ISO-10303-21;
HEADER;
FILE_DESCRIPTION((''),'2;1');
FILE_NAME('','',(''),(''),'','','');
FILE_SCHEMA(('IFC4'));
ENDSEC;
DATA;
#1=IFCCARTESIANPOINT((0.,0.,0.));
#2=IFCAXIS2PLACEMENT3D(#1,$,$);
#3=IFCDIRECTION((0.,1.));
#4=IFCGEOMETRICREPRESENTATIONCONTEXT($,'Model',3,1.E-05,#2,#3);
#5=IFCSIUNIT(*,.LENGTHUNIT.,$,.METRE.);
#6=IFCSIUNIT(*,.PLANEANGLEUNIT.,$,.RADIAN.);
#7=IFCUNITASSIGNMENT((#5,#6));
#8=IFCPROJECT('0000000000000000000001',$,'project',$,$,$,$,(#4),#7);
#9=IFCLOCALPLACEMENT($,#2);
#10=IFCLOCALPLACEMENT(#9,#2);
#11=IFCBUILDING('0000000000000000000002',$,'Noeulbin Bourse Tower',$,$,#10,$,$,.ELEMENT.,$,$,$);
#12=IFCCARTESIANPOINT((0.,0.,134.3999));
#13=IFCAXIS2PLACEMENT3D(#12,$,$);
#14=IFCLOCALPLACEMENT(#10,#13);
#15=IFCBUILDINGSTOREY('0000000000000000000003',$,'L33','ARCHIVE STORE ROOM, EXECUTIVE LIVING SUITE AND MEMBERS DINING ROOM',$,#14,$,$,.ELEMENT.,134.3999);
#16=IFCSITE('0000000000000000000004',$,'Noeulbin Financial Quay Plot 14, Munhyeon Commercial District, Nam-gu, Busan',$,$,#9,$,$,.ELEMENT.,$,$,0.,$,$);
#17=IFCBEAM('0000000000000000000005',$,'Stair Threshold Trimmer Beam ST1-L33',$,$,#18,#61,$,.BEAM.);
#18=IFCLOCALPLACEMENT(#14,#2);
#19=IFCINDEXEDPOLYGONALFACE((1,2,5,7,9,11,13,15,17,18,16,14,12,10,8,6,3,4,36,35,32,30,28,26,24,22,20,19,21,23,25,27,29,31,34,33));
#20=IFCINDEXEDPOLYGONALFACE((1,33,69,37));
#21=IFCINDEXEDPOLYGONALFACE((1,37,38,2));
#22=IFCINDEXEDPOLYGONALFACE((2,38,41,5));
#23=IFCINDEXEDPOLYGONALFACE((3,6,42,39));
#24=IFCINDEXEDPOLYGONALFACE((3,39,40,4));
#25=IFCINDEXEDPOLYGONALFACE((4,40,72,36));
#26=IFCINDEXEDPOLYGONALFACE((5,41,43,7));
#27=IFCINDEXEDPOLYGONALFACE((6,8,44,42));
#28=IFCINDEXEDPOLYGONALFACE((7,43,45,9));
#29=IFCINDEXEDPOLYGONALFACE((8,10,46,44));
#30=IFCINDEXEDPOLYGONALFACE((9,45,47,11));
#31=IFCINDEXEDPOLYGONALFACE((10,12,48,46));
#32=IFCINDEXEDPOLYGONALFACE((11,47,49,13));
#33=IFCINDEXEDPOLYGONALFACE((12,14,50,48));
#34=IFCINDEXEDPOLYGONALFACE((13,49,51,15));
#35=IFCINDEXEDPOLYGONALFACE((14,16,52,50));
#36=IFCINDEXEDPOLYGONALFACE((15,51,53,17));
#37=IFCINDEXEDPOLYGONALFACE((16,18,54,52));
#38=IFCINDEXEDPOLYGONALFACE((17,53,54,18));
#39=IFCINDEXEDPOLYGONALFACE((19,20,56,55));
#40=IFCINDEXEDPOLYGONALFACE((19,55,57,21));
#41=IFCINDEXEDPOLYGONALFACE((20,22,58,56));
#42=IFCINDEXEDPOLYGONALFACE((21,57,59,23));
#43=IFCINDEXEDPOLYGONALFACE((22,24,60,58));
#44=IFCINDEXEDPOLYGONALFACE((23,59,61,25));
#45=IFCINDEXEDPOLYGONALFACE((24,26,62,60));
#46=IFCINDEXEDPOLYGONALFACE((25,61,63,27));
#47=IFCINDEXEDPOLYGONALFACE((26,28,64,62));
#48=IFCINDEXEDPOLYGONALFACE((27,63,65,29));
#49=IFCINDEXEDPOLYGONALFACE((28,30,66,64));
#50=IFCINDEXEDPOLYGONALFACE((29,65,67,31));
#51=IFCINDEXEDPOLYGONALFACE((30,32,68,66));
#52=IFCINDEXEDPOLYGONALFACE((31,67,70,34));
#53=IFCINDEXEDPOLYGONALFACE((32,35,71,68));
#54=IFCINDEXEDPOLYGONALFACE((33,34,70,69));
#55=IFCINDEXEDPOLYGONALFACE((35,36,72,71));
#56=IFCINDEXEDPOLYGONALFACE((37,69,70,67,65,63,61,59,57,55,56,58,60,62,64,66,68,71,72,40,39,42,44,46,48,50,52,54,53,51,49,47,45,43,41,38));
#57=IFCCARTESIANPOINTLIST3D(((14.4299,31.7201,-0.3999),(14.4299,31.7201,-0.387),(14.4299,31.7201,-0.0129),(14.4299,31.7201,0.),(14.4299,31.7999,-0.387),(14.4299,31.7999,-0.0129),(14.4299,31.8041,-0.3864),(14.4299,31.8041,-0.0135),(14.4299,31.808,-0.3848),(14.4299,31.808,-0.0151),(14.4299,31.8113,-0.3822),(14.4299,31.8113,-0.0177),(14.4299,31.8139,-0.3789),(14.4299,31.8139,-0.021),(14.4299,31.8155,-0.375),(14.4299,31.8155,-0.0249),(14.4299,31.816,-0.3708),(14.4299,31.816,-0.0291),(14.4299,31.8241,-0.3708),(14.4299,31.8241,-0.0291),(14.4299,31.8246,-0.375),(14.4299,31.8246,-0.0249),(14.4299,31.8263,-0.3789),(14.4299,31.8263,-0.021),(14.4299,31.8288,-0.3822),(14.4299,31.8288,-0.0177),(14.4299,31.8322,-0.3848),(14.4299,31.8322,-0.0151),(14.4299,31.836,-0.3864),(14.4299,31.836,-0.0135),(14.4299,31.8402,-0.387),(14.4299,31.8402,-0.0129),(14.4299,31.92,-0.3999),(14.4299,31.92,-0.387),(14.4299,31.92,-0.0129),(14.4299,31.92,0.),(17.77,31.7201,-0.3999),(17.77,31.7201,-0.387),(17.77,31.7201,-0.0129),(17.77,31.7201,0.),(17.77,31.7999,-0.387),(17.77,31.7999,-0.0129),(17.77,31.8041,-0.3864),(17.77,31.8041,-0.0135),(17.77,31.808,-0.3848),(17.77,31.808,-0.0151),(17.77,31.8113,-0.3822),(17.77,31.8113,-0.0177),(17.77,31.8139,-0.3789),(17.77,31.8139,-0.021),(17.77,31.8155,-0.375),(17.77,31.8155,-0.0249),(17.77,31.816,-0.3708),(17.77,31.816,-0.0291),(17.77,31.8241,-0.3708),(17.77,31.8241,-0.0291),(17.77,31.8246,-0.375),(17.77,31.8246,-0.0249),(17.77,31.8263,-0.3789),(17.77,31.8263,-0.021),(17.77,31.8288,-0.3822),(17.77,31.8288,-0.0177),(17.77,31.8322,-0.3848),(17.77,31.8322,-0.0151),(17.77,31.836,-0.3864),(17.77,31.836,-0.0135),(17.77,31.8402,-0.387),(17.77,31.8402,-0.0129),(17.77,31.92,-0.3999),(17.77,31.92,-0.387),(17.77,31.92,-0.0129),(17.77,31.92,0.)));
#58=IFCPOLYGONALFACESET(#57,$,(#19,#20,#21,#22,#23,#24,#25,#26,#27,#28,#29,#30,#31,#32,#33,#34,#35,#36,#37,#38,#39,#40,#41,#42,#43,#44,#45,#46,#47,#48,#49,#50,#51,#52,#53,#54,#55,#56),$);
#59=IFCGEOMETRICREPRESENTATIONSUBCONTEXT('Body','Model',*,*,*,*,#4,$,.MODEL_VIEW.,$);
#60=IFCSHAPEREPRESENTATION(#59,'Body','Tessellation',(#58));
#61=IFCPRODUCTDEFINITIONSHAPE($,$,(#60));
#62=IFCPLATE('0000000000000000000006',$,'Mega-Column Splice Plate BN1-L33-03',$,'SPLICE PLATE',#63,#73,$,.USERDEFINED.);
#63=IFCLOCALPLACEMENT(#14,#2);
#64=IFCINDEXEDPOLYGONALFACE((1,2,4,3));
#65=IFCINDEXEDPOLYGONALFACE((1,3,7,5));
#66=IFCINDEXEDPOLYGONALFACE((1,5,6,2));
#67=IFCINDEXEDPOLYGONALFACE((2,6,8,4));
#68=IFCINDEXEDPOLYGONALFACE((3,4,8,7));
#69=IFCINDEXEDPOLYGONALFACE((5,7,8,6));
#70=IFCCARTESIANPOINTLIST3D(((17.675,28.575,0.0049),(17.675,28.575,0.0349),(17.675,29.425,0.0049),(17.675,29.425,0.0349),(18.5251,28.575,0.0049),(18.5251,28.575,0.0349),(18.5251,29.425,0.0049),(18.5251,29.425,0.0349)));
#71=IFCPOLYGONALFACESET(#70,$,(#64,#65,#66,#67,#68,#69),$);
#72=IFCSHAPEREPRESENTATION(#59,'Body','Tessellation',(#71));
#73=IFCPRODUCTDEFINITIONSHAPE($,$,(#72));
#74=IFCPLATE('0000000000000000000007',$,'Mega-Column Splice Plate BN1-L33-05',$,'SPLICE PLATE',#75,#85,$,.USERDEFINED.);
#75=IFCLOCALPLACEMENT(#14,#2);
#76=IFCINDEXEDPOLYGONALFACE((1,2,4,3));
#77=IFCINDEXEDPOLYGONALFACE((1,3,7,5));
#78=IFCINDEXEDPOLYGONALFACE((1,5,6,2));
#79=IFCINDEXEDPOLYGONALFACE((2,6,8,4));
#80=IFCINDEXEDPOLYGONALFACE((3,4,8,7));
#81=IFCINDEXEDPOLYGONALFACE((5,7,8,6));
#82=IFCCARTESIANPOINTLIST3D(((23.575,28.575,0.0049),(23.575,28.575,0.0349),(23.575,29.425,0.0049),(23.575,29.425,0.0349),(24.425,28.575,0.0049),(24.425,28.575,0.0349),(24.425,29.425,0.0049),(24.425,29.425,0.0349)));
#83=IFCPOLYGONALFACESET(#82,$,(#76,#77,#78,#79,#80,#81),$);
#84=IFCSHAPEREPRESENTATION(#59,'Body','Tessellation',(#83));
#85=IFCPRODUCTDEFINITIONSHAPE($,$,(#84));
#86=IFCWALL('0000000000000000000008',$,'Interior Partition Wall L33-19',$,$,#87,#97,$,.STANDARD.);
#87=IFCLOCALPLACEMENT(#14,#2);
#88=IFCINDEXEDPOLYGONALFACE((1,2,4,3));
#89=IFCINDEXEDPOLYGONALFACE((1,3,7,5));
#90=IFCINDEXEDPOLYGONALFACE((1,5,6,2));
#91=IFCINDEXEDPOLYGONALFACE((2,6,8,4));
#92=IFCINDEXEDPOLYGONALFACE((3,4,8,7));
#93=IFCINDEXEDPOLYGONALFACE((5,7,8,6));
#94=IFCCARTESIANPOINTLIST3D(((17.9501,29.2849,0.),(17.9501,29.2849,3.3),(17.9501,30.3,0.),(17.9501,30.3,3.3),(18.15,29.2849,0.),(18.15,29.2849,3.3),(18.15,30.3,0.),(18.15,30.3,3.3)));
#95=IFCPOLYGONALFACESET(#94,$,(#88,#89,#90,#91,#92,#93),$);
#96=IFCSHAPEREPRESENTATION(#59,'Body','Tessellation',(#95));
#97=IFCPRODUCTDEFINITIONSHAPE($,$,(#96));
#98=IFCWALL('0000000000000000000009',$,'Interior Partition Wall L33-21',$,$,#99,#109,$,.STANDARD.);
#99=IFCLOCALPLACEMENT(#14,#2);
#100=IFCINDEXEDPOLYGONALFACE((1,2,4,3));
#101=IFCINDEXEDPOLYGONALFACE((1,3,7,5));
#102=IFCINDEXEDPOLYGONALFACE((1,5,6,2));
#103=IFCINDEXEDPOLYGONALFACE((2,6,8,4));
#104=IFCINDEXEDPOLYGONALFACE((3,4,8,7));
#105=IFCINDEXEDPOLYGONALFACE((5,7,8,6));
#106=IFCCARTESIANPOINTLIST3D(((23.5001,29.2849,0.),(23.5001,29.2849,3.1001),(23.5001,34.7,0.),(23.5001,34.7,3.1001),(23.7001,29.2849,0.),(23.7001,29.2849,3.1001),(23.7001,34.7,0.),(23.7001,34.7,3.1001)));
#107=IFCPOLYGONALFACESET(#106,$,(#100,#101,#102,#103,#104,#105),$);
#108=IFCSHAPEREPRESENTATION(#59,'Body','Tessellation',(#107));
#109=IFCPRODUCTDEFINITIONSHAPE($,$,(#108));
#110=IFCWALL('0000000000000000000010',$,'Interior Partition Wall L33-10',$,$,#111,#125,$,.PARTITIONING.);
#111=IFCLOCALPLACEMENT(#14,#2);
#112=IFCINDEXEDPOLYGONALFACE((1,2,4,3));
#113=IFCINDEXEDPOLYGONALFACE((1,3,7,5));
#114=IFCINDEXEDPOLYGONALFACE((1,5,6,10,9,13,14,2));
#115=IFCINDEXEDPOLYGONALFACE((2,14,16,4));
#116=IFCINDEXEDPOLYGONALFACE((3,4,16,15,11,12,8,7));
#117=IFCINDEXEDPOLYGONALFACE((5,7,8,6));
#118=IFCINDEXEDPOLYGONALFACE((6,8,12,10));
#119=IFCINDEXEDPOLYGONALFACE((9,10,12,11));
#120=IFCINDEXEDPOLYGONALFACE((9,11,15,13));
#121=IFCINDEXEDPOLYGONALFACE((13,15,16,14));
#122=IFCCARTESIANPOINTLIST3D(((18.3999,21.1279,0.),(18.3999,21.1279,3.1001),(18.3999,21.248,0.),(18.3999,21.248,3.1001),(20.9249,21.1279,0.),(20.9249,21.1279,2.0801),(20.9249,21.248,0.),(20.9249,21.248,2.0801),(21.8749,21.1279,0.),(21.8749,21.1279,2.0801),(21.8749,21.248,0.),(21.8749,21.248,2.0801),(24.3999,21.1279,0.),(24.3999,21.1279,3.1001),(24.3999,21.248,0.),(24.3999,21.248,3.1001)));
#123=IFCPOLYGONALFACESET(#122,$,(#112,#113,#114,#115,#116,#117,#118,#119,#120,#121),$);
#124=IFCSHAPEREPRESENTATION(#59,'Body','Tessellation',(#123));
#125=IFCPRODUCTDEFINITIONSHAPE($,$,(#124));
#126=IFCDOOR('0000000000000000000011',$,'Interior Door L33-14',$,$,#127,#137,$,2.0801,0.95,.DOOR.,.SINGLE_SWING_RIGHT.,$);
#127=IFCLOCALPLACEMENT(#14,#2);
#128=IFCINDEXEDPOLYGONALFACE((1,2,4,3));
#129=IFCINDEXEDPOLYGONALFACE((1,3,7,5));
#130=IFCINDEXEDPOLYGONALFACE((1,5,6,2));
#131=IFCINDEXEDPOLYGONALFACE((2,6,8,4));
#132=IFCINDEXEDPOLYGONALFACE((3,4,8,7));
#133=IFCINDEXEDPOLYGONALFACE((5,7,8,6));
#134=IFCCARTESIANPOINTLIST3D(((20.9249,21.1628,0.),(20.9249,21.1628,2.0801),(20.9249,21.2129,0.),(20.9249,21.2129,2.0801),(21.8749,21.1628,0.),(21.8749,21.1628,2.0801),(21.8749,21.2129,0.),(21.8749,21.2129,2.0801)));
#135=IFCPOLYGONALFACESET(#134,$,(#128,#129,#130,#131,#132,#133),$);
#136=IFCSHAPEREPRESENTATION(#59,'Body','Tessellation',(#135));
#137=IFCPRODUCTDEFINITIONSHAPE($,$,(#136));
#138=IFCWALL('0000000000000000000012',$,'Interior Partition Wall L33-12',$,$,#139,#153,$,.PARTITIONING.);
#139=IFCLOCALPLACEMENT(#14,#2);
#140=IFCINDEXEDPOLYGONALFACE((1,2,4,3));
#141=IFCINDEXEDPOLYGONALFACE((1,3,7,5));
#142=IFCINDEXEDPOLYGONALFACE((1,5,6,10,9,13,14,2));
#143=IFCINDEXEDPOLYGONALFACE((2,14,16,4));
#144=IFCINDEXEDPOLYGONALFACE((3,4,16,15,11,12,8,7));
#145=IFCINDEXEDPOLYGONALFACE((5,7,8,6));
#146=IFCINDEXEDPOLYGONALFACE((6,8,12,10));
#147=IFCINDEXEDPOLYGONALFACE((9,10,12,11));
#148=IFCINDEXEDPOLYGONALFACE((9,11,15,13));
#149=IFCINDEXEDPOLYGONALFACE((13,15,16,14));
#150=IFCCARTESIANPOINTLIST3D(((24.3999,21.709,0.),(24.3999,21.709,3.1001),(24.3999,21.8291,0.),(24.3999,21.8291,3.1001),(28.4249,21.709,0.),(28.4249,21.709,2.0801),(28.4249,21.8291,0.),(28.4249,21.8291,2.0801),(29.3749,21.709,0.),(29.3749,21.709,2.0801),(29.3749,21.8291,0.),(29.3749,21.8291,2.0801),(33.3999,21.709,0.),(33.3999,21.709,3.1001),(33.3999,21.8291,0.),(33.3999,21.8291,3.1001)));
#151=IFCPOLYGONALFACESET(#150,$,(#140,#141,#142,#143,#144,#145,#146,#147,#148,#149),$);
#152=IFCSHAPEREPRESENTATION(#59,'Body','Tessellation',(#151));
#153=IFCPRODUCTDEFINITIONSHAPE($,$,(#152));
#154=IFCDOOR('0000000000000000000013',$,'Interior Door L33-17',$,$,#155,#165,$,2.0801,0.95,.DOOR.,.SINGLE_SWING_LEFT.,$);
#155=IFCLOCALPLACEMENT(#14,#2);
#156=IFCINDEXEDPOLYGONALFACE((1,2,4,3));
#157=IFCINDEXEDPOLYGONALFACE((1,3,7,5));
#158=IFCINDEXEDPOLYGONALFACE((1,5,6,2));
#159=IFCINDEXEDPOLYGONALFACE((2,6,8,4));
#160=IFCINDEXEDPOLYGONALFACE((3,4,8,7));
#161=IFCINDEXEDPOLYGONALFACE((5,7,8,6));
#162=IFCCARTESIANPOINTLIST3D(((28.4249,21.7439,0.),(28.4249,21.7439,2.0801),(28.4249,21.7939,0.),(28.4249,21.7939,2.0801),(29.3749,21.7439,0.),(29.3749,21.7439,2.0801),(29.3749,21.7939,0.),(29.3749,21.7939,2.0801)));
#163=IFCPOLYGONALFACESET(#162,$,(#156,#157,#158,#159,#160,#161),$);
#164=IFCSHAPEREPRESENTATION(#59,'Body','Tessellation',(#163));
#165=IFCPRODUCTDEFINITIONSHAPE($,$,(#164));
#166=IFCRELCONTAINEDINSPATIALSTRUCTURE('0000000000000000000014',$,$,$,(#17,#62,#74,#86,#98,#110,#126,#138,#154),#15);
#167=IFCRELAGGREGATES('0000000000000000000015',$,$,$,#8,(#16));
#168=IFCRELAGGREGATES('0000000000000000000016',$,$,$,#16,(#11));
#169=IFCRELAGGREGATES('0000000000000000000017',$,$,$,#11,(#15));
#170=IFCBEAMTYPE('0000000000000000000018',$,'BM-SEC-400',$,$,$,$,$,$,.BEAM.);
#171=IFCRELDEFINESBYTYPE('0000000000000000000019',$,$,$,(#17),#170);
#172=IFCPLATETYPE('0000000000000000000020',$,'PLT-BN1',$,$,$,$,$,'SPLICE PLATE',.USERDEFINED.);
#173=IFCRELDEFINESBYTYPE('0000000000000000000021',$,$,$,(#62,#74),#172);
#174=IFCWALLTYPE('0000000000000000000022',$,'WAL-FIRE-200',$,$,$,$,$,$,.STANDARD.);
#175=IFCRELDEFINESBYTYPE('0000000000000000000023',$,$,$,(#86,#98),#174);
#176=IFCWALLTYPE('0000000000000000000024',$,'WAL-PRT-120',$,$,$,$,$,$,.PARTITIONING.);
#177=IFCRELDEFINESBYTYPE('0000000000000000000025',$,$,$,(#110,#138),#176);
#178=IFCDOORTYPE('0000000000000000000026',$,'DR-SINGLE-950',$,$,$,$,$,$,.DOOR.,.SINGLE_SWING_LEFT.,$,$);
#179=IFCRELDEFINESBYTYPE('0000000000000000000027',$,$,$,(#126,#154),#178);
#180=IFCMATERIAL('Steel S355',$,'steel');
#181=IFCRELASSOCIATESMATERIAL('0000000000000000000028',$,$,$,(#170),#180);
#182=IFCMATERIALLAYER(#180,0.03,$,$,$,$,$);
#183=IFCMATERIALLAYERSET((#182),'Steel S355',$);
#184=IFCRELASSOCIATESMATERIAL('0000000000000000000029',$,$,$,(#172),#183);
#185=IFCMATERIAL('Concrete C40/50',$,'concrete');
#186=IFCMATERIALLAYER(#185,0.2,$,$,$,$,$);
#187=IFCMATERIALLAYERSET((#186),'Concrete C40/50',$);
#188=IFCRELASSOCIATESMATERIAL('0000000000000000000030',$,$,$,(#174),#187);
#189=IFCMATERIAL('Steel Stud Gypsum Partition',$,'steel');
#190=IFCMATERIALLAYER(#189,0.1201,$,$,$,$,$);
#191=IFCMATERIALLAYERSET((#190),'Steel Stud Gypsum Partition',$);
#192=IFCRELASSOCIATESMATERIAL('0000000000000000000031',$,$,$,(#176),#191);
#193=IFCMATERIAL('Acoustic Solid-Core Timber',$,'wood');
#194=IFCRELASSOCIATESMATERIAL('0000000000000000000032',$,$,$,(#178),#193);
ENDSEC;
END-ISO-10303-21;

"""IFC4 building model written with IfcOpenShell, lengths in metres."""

from ifc_helpers import new_model, si_unit, direction, frame, frame_2d, origin, origin_2d, place, context, subcontext, project, spatial, rectangle, i_section, extrude, material, layer, layer_set, material_profile, profile_set, type_object, element, fill, save


model = new_model("IFC4")

# Units and contexts
model_context = context("Model", 3, precision=1e-05, world=origin(), true_north=direction((0.0, 1.0)))
body_context = subcontext(model_context, "Body", "Model", "MODEL_VIEW")
ifc_project = project(units=[si_unit("LENGTHUNIT", "METRE"), si_unit("PLANEANGLEUNIT", "RADIAN")], contexts=[model_context])

# Site, building, storey
site_placement = place(None, origin())
site = spatial("IfcSite", under=ifc_project, at=site_placement, Name="Noeulbin Financial Quay Plot 14, Munhyeon Commercial District, Nam-gu, Busan", CompositionType="ELEMENT", RefElevation=0.0)
building_placement = place(site_placement, origin())
building = spatial("IfcBuilding", under=site, at=building_placement, Name="Noeulbin Bourse Tower", CompositionType="ELEMENT")
storey_placement = place(building_placement, frame((0.0, 0.0, 134.3999)))
storey = spatial("IfcBuildingStorey", under=building, at=storey_placement, Name="L33", Description="ARCHIVE STORE ROOM, EXECUTIVE LIVING SUITE AND MEMBERS DINING ROOM", CompositionType="ELEMENT", Elevation=134.3999)

# Beam
ifc_material_1 = material(Name="Steel S355", Category="steel")
ifc_material_profile_1 = material_profile(ifc_material_1, i_section(OverallWidth=0.2, OverallDepth=0.3999, WebThickness=0.0081, FlangeThickness=0.0129, FilletRadius=0.0161, at=origin_2d()), Name="H-400x200x8x13", Category="LoadBearing")
ifc_profile_set_1 = profile_set([ifc_material_profile_1], Name="Steel S355")
beam_type = type_object("IfcBeamType", Name="BM-SEC-400", PredefinedType="BEAM", material=ifc_profile_set_1)
beam_placement = place(storey_placement, frame((14.4299, 31.8201, -0.2), z_axis=(1.0, 0.0, 0.0), x_axis=(0.0, 1.0, 0.0)))
element("IfcBeam", 1, at=beam_placement, inside=storey, type_object=beam_type, Name="Stair Threshold Trimmer Beam ST1-L33", PredefinedType="BEAM", context=body_context, shape_type="SweptSolid", body=[
    extrude(i_section(OverallWidth=0.2, OverallDepth=0.3999, WebThickness=0.0081, FlangeThickness=0.0129, FilletRadius=0.0161, at=origin_2d()), origin(), (0.0, 0.0, 1.0), 3.3401),
])

# Plates
ifc_layer_1 = layer(ifc_material_1, 0.03)
ifc_layer_set_1 = layer_set([ifc_layer_1], Name="Steel S355")
plate_type = type_object("IfcPlateType", Name="PLT-BN1", ElementType="SPLICE PLATE", PredefinedType="USERDEFINED", material=ifc_layer_set_1)
for number, where, z_axis, x_axis, name in (
    (2, (18.1001, 29.0, 0.0049), (0.0, 0.0, 1.0), (1.0, 0.0, 0.0), "Mega-Column Splice Plate BN1-L33-03"),
    (3, (24.0, 29.0, 0.0049), (0.0, 0.0, 1.0), (1.0, 0.0, 0.0), "Mega-Column Splice Plate BN1-L33-05"),
):
    element("IfcPlate", number, at=place(storey_placement, frame(where, z_axis=z_axis, x_axis=x_axis)), inside=storey, type_object=plate_type, Name=name, ObjectType="SPLICE PLATE", PredefinedType="USERDEFINED", context=body_context, shape_type="SweptSolid", body=[
        extrude(rectangle(XDim=0.8501, YDim=0.8501, at=origin_2d()), origin(), (0.0, 0.0, 1.0), 0.03),
    ])

# Walls
ifc_material_2 = material(Name="Concrete C40/50", Category="concrete")
ifc_layer_2 = layer(ifc_material_2, 0.2)
ifc_layer_set_2 = layer_set([ifc_layer_2], Name="Concrete C40/50")
wall_type_1 = type_object("IfcWallType", Name="WAL-FIRE-200", PredefinedType="STANDARD", material=ifc_layer_set_2)
wall_1_placement = place(storey_placement, frame((18.05, 29.2849, 0.0), z_axis=(0.0, 0.0, 1.0), x_axis=(0.0, 1.0, 0.0)))
element("IfcWall", 4, at=wall_1_placement, inside=storey, type_object=wall_type_1, Name="Interior Partition Wall L33-19", PredefinedType="STANDARD", context=body_context, shape_type="SweptSolid", body=[
    extrude(rectangle(XDim=1.0151, YDim=0.2, at=frame_2d((0.5076, 0.0))), origin(), (0.0, 0.0, 1.0), 3.3),
])
wall_2_placement = place(storey_placement, frame((23.6001, 29.2849, 0.0), z_axis=(0.0, 0.0, 1.0), x_axis=(0.0, 1.0, 0.0)))
element("IfcWall", 5, at=wall_2_placement, inside=storey, type_object=wall_type_1, Name="Interior Partition Wall L33-21", PredefinedType="STANDARD", context=body_context, shape_type="SweptSolid", body=[
    extrude(rectangle(XDim=5.415, YDim=0.2, at=frame_2d((2.7075, 0.0))), origin(), (0.0, 0.0, 1.0), 3.1001),
])

# Walls, openings, doors
ifc_material_3 = material(Name="Steel Stud Gypsum Partition", Category="steel")
ifc_layer_3 = layer(ifc_material_3, 0.1201)
ifc_layer_set_3 = layer_set([ifc_layer_3], Name="Steel Stud Gypsum Partition")
wall_type_2 = type_object("IfcWallType", Name="WAL-PRT-120", PredefinedType="PARTITIONING", material=ifc_layer_set_3)
wall_3_placement = place(storey_placement, frame((18.3999, 21.188, 0.0), z_axis=(0.0, 0.0, 1.0), x_axis=(1.0, 0.0, 0.0)))
wall_3 = element("IfcWall", 6, at=wall_3_placement, inside=storey, type_object=wall_type_2, Name="Interior Partition Wall L33-10", PredefinedType="PARTITIONING", context=body_context, shape_type="SweptSolid", body=[
    extrude(rectangle(XDim=6.0, YDim=0.1201, at=frame_2d((3.0, 0.0))), origin(), (0.0, 0.0, 1.0), 3.1001),
])
opening_1_placement = place(wall_3_placement, frame((2.5249, 0.0, 0.0)))
opening_1 = element("IfcOpeningElement", 7, at=opening_1_placement, cuts=wall_3, PredefinedType="OPENING", context=body_context, shape_type="SweptSolid", body=[
    extrude(rectangle(XDim=0.95, YDim=2.0801, at=frame_2d((0.4751, 1.04))), frame((0.0, 0.0701, 0.0), z_axis=(0.0, -1.0, 0.0), x_axis=(1.0, 0.0, 0.0)), (0.0, 0.0, 1.0), 0.1401),
])
ifc_material_4 = material(Name="Acoustic Solid-Core Timber", Category="wood")
door_type_1 = type_object("IfcDoorType", Name="DR-SINGLE-950", OperationType="SINGLE_SWING_LEFT", PredefinedType="DOOR", material=ifc_material_4)
door_1_placement = place(opening_1_placement, origin())
door_1 = element("IfcDoor", 8, at=door_1_placement, inside=storey, type_object=door_type_1, Name="Interior Door L33-14", OperationType="SINGLE_SWING_RIGHT", OverallHeight=2.0801, OverallWidth=0.95, PredefinedType="DOOR", context=body_context, shape_type="SweptSolid", body=[
    extrude(rectangle(XDim=0.95, YDim=2.0801, at=frame_2d((0.4751, 1.04))), frame((0.0, 0.0249, 0.0), z_axis=(0.0, -1.0, 0.0), x_axis=(1.0, 0.0, 0.0)), (0.0, 0.0, 1.0), 0.05),
])
fill(opening_1, door_1)
wall_4_placement = place(storey_placement, frame((24.3999, 21.769, 0.0), z_axis=(0.0, 0.0, 1.0), x_axis=(1.0, 0.0, 0.0)))
wall_4 = element("IfcWall", 9, at=wall_4_placement, inside=storey, type_object=wall_type_2, Name="Interior Partition Wall L33-12", PredefinedType="PARTITIONING", context=body_context, shape_type="SweptSolid", body=[
    extrude(rectangle(XDim=9.0, YDim=0.1201, at=frame_2d((4.5, 0.0))), origin(), (0.0, 0.0, 1.0), 3.1001),
])
opening_2_placement = place(wall_4_placement, frame((4.0249, 0.0, 0.0)))
opening_2 = element("IfcOpeningElement", 10, at=opening_2_placement, cuts=wall_4, PredefinedType="OPENING", context=body_context, shape_type="SweptSolid", body=[
    extrude(rectangle(XDim=0.95, YDim=2.0801, at=frame_2d((0.4751, 1.04))), frame((0.0, 0.0701, 0.0), z_axis=(0.0, -1.0, 0.0), x_axis=(1.0, 0.0, 0.0)), (0.0, 0.0, 1.0), 0.1401),
])
door_2_placement = place(opening_2_placement, origin())
door_2 = element("IfcDoor", 11, at=door_2_placement, inside=storey, type_object=door_type_1, Name="Interior Door L33-17", OperationType="SINGLE_SWING_LEFT", OverallHeight=2.0801, OverallWidth=0.95, PredefinedType="DOOR", context=body_context, shape_type="SweptSolid", body=[
    extrude(rectangle(XDim=0.95, YDim=2.0801, at=frame_2d((0.4751, 1.04))), frame((0.0, 0.0249, 0.0), z_axis=(0.0, -1.0, 0.0), x_axis=(1.0, 0.0, 0.0)), (0.0, 0.0, 1.0), 0.05),
])
fill(opening_2, door_2)

save(model, "model.ifc")
